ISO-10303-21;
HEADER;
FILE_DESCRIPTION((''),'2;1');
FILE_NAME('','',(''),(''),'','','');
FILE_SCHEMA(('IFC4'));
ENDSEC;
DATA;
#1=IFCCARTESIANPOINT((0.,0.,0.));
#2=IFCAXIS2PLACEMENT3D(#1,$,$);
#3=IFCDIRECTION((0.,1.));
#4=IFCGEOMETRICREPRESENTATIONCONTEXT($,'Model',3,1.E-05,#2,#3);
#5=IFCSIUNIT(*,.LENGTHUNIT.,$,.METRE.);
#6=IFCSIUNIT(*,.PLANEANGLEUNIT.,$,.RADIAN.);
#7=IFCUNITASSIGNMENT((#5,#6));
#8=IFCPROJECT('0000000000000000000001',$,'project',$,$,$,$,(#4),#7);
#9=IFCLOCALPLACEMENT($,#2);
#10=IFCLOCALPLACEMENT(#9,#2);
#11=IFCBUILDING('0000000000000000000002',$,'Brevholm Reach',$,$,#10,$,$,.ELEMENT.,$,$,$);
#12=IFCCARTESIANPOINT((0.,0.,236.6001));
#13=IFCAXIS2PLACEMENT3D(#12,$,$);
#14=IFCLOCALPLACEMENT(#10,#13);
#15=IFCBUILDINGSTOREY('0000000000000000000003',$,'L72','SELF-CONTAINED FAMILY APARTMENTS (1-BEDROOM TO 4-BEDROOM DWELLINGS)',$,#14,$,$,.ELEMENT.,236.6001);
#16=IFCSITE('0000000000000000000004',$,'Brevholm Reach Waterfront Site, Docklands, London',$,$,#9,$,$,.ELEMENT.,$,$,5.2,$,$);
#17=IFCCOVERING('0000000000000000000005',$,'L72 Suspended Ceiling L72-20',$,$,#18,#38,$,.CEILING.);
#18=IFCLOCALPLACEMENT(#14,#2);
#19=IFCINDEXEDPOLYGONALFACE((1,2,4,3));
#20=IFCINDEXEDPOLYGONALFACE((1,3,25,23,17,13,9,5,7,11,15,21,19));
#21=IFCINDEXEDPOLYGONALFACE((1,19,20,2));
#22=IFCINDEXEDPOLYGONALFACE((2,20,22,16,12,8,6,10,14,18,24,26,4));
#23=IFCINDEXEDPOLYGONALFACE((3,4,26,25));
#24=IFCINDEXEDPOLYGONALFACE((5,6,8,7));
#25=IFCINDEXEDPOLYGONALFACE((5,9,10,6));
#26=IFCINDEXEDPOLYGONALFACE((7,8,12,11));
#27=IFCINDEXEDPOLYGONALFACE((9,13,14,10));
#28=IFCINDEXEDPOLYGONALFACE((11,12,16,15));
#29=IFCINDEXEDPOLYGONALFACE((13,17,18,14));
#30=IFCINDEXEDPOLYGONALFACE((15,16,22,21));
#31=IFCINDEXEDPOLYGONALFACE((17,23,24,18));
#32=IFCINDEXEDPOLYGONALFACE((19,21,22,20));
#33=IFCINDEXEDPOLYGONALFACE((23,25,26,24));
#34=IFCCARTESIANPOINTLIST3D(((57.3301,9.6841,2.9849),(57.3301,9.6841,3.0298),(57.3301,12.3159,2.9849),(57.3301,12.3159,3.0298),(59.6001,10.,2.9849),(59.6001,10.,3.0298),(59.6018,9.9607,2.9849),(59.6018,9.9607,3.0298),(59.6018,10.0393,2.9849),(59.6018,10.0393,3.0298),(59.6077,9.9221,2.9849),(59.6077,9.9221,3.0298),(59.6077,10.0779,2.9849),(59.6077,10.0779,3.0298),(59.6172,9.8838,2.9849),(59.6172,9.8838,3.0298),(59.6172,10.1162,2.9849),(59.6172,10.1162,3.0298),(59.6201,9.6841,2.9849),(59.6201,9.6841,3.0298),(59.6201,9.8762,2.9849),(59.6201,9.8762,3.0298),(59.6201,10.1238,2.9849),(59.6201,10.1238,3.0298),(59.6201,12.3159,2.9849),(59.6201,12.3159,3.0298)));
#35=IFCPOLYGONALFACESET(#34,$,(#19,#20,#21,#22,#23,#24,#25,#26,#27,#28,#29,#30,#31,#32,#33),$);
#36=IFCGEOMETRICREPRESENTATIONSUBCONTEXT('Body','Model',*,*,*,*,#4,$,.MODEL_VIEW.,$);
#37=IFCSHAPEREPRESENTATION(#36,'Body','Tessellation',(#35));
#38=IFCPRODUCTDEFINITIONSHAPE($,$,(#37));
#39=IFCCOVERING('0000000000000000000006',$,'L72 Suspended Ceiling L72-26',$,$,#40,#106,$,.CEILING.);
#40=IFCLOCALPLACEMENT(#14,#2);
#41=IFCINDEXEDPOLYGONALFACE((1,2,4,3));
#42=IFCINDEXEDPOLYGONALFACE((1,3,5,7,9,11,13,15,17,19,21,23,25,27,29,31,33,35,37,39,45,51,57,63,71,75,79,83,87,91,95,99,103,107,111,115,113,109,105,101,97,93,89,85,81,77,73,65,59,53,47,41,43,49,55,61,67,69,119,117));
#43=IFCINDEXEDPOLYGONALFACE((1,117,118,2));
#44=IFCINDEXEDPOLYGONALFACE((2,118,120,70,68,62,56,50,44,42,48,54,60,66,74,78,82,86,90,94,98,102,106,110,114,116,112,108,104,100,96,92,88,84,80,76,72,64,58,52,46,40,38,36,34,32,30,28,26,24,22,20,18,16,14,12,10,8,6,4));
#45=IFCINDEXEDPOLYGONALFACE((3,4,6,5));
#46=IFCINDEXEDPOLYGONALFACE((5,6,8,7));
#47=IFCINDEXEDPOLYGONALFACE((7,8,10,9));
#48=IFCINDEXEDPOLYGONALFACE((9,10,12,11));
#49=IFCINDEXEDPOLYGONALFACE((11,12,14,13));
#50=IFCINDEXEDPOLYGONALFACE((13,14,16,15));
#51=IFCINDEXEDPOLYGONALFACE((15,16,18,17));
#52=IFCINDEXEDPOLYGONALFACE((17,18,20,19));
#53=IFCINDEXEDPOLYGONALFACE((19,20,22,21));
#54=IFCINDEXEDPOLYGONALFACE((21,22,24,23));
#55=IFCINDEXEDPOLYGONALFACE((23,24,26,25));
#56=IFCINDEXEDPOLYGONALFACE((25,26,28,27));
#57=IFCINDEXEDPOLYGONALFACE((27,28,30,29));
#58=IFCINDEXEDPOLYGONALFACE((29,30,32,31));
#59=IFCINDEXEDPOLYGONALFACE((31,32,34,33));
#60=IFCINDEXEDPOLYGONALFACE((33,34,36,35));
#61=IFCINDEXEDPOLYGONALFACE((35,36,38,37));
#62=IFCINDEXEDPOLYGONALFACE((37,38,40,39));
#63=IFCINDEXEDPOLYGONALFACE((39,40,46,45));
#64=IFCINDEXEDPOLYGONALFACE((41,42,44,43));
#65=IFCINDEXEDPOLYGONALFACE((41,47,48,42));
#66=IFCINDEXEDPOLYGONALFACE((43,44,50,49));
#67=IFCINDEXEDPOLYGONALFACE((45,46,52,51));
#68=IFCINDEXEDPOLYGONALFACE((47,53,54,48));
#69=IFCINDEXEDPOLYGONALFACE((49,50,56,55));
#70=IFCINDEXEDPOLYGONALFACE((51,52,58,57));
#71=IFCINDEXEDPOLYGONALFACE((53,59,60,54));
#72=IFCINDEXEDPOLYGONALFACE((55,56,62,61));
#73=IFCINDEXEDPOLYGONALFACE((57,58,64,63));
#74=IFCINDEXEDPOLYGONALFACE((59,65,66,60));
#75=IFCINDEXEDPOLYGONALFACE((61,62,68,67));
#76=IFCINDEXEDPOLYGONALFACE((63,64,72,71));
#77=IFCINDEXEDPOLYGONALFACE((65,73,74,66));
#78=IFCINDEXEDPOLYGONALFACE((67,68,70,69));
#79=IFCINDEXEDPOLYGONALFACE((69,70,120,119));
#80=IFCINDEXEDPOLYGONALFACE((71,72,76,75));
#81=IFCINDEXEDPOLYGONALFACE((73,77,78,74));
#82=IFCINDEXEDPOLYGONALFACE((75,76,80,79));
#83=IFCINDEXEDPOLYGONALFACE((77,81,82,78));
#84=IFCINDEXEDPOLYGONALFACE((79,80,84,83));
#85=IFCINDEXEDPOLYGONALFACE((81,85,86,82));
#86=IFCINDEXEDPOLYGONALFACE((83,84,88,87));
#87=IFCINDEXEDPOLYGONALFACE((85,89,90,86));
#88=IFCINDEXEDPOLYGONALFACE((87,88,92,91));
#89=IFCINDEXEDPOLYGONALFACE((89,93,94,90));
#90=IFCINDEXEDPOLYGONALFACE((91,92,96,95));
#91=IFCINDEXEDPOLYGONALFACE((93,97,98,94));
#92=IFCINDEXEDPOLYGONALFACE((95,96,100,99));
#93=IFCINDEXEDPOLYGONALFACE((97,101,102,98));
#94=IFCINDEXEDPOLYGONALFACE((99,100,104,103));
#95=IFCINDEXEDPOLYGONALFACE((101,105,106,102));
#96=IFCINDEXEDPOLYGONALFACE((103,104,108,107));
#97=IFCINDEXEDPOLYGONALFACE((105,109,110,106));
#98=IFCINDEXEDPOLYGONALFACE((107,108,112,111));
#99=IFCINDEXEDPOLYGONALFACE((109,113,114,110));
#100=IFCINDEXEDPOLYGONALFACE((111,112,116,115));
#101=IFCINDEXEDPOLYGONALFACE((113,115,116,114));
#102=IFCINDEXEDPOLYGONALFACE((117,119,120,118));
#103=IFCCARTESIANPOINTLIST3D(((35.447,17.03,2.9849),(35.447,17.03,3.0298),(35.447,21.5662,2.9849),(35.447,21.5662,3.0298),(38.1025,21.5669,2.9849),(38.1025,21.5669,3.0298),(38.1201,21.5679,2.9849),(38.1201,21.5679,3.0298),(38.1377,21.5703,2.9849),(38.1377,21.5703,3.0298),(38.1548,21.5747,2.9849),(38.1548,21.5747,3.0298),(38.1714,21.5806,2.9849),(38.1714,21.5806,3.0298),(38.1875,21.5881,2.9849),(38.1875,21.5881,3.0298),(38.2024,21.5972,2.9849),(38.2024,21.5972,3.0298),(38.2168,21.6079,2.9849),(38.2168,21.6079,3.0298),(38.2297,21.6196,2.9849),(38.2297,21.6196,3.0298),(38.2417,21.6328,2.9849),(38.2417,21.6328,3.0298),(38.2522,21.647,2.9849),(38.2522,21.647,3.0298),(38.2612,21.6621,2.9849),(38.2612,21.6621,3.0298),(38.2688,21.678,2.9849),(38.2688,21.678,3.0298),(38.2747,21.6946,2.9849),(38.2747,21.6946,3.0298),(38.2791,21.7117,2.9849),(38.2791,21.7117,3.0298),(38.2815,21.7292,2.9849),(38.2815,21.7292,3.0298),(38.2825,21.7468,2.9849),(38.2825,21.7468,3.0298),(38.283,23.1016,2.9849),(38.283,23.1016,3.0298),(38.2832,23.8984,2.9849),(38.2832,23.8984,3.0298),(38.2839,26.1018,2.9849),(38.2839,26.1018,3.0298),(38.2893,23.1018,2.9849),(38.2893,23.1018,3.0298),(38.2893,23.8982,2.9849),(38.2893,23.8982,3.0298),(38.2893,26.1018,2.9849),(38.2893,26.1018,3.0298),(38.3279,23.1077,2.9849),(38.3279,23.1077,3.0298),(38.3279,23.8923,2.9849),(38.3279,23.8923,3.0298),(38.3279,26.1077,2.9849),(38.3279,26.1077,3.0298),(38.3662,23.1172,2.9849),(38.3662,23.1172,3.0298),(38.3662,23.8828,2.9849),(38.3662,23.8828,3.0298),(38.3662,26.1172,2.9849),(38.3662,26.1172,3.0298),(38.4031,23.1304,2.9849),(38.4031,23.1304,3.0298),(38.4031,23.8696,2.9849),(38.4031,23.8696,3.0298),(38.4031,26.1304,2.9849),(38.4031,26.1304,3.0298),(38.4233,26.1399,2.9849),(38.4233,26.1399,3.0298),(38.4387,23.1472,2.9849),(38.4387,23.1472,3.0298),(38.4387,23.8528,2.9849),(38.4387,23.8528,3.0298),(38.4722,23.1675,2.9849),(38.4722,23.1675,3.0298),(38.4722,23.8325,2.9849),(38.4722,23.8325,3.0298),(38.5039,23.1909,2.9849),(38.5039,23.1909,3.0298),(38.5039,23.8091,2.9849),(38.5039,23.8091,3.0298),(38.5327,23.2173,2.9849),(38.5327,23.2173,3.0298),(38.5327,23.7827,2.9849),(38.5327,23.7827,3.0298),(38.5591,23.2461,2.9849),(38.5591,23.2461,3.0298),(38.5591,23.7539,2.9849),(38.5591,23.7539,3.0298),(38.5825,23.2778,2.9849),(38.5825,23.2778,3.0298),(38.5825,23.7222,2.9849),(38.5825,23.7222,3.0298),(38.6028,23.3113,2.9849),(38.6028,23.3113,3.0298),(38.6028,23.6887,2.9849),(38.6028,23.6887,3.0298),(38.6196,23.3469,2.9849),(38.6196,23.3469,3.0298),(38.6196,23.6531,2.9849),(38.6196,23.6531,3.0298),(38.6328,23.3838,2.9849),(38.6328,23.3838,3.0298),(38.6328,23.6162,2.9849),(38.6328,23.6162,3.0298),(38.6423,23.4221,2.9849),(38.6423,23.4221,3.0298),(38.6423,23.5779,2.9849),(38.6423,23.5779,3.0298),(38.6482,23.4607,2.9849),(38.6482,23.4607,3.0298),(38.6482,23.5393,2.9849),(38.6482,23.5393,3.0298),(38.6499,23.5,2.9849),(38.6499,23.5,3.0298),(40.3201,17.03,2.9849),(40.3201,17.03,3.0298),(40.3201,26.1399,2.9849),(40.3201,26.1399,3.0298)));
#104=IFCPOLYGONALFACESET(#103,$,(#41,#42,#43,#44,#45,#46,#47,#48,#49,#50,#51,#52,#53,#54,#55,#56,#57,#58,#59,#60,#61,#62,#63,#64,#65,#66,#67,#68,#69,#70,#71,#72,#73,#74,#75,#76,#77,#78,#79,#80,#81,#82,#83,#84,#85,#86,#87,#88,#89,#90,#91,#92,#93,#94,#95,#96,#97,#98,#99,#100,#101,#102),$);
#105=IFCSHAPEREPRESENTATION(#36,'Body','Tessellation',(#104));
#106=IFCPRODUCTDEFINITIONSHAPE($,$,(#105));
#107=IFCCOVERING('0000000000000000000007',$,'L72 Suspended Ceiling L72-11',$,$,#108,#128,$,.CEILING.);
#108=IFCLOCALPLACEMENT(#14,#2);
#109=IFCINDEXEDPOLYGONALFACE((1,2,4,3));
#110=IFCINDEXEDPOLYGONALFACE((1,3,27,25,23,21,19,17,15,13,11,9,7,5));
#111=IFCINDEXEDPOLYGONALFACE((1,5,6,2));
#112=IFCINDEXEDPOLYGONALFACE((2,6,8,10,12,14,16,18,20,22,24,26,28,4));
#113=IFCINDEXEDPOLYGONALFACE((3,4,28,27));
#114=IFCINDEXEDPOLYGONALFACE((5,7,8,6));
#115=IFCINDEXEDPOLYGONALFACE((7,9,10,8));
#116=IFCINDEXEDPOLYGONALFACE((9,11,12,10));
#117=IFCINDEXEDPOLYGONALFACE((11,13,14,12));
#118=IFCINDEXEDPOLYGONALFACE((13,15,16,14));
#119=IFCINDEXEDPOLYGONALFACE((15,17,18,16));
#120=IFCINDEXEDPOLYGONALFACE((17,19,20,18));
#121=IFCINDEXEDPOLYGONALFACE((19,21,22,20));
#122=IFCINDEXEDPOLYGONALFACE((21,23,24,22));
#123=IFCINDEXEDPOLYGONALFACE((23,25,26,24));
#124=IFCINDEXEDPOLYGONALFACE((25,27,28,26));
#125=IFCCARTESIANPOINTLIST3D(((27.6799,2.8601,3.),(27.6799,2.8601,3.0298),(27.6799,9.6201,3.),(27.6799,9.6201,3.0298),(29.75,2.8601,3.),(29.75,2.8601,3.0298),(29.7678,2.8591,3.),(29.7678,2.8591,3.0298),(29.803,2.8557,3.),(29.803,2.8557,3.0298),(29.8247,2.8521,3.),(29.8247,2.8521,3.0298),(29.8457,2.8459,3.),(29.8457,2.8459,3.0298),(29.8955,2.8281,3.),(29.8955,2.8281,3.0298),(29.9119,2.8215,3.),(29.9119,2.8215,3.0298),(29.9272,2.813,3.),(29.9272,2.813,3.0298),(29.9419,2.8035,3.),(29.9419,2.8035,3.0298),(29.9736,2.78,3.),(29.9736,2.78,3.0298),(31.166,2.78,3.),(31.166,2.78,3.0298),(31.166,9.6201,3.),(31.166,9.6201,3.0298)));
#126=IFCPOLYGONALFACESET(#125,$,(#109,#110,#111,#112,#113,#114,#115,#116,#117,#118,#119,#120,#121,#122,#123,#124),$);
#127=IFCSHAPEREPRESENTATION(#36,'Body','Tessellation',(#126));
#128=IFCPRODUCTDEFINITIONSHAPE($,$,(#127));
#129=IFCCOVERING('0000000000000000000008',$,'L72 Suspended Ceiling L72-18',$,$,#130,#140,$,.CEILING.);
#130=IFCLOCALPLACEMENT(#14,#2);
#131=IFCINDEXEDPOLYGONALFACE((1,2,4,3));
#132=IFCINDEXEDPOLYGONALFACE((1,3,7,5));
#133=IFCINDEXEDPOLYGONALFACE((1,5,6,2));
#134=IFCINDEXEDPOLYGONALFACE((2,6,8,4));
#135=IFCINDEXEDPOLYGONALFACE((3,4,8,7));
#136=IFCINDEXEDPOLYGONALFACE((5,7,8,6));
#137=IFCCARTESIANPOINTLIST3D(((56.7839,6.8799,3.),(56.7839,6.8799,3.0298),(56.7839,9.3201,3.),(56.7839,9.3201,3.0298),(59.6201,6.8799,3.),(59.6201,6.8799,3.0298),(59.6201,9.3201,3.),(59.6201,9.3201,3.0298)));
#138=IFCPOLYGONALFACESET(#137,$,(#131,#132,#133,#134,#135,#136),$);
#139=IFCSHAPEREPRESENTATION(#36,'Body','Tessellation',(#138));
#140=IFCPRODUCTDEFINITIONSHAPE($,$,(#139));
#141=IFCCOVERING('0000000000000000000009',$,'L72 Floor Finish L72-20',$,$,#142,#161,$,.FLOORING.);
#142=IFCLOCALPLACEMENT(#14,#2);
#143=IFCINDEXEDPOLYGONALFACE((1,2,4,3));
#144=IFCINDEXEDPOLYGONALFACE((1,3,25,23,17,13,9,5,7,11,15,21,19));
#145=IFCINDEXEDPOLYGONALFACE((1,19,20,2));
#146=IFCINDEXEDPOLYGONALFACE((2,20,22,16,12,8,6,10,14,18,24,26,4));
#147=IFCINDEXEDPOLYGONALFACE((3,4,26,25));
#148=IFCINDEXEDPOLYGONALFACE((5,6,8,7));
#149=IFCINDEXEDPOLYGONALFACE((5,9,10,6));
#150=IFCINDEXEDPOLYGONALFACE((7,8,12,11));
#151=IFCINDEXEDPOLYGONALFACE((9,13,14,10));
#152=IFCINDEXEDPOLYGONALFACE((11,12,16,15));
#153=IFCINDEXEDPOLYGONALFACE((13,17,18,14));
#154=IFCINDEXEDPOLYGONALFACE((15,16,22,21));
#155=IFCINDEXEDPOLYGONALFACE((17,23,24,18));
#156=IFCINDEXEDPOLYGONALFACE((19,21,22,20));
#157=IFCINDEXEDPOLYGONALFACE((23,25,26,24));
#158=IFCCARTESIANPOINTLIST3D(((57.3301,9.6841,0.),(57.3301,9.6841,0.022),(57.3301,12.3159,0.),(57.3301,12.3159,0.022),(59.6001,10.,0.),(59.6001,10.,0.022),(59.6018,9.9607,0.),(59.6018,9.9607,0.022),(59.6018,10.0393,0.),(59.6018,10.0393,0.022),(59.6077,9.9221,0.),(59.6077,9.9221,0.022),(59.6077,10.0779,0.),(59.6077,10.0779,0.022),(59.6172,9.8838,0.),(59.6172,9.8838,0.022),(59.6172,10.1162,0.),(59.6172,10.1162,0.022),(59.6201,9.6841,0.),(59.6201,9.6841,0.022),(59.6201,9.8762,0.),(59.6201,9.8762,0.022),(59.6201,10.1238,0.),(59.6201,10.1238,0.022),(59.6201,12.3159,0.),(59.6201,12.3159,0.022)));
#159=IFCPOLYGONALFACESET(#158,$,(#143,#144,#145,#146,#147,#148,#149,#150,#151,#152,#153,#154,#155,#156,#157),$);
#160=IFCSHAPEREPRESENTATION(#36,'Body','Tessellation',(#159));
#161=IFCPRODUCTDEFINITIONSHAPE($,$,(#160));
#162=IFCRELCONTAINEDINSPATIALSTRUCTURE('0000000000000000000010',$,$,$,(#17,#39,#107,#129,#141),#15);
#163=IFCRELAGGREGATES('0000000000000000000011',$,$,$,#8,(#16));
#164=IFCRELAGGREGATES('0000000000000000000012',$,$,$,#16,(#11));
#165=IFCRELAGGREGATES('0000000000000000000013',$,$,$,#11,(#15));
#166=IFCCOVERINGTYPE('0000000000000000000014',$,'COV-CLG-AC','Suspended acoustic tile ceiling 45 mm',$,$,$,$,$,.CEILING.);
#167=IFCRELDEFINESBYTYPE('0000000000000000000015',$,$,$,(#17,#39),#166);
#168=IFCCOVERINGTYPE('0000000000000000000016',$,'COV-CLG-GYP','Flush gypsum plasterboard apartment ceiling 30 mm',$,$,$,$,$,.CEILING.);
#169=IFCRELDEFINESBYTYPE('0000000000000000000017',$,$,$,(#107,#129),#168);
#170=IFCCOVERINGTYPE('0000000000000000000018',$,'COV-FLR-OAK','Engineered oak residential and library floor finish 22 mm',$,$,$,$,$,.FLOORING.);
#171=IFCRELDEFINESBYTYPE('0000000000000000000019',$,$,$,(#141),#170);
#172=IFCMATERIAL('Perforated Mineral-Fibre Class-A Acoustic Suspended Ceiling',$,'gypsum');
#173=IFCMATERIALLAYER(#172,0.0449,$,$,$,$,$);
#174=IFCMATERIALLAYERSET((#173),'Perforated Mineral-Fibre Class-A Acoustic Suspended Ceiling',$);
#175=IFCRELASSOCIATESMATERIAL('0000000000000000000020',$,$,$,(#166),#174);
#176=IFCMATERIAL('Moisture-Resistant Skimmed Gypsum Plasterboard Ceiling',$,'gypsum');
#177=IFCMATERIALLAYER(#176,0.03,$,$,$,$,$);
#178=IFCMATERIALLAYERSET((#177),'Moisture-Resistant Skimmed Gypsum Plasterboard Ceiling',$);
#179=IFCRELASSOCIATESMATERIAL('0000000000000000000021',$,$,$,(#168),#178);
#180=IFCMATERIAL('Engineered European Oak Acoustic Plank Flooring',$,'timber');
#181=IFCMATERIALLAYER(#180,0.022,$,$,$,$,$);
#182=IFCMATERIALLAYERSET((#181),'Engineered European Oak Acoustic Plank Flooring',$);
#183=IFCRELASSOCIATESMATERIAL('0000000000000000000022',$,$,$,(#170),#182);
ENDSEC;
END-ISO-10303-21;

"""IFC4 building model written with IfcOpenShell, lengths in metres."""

from ifc_helpers import new_model, si_unit, direction, frame, origin, place, context, subcontext, project, spatial, polyline, outline, extrude, material, layer, layer_set, type_object, element, save


model = new_model("IFC4")

# Units and contexts
model_context = context("Model", 3, precision=1e-05, world=origin(), true_north=direction((0.0, 1.0)))
body_context = subcontext(model_context, "Body", "Model", "MODEL_VIEW")
ifc_project = project(units=[si_unit("LENGTHUNIT", "METRE"), si_unit("PLANEANGLEUNIT", "RADIAN")], contexts=[model_context])

# Site, building, storey
site_placement = place(None, origin())
site = spatial("IfcSite", under=ifc_project, at=site_placement, Name="Brevholm Reach Waterfront Site, Docklands, London", CompositionType="ELEMENT", RefElevation=5.2)
building_placement = place(site_placement, origin())
building = spatial("IfcBuilding", under=site, at=building_placement, Name="Brevholm Reach", CompositionType="ELEMENT")
storey_placement = place(building_placement, frame((0.0, 0.0, 236.6001)))
storey = spatial("IfcBuildingStorey", under=building, at=storey_placement, Name="L72", Description="SELF-CONTAINED FAMILY APARTMENTS (1-BEDROOM TO 4-BEDROOM DWELLINGS)", CompositionType="ELEMENT", Elevation=236.6001)

# Coverings
ifc_material_1 = material(Name="Perforated Mineral-Fibre Class-A Acoustic Suspended Ceiling", Category="gypsum")
ifc_layer_1 = layer(ifc_material_1, 0.0449)
ifc_layer_set_1 = layer_set([ifc_layer_1], Name="Perforated Mineral-Fibre Class-A Acoustic Suspended Ceiling")
covering_type_1 = type_object("IfcCoveringType", Name="COV-CLG-AC", Description="Suspended acoustic tile ceiling 45 mm", PredefinedType="CEILING", material=ifc_layer_set_1)
covering_1_placement = place(storey_placement, frame((0.0, 0.0, 2.9849)))
element("IfcCovering", 1, at=covering_1_placement, inside=storey, type_object=covering_type_1, Name="L72 Suspended Ceiling L72-20", PredefinedType="CEILING", context=body_context, shape_type="SweptSolid", body=[
    extrude(outline(polyline([(57.3301, 12.3159), (59.6201, 12.3159), (59.6201, 10.1238), (59.6172, 10.1162), (59.6077, 10.0779), (59.6018, 10.0393), (59.6001, 10.0), (59.6018, 9.9607), (59.6077, 9.9221), (59.6172, 9.8838), (59.6201, 9.8762), (59.6201, 9.6841), (57.3301, 9.6841), (57.3301, 12.3159)])), origin(), (0.0, 0.0, 1.0), 0.0449),
])
covering_2_placement = place(storey_placement, frame((0.0, 0.0, 2.9849)))
element("IfcCovering", 2, at=covering_2_placement, inside=storey, type_object=covering_type_1, Name="L72 Suspended Ceiling L72-26", PredefinedType="CEILING", context=body_context, shape_type="SweptSolid", body=[
    extrude(outline(polyline([(35.447, 17.03), (35.447, 21.5662), (38.1025, 21.5669), (38.1201, 21.5679), (38.1377, 21.5703), (38.1548, 21.5747), (38.1714, 21.5806), (38.1875, 21.5881), (38.2024, 21.5972), (38.2168, 21.6079), (38.2297, 21.6196), (38.2417, 21.6328), (38.2522, 21.647), (38.2612, 21.6621), (38.2688, 21.678), (38.2747, 21.6946), (38.2791, 21.7117), (38.2815, 21.7292), (38.2825, 21.7468), (38.283, 23.1016), (38.2893, 23.1018), (38.3279, 23.1077), (38.3662, 23.1172), (38.4031, 23.1304), (38.4387, 23.1472), (38.4722, 23.1675), (38.5039, 23.1909), (38.5327, 23.2173), (38.5591, 23.2461), (38.5825, 23.2778), (38.6028, 23.3113), (38.6196, 23.3469), (38.6328, 23.3838), (38.6423, 23.4221), (38.6482, 23.4607), (38.6499, 23.5), (38.6482, 23.5393), (38.6423, 23.5779), (38.6328, 23.6162), (38.6196, 23.6531), (38.6028, 23.6887), (38.5825, 23.7222), (38.5591, 23.7539), (38.5327, 23.7827), (38.5039, 23.8091), (38.4722, 23.8325), (38.4387, 23.8528), (38.4031, 23.8696), (38.3662, 23.8828), (38.3279, 23.8923), (38.2893, 23.8982), (38.2832, 23.8984), (38.2839, 26.1018), (38.2893, 26.1018), (38.3279, 26.1077), (38.3662, 26.1172), (38.4031, 26.1304), (38.4233, 26.1399), (40.3201, 26.1399), (40.3201, 17.03), (35.447, 17.03)])), origin(), (0.0, 0.0, 1.0), 0.0449),
])
ifc_material_2 = material(Name="Moisture-Resistant Skimmed Gypsum Plasterboard Ceiling", Category="gypsum")
ifc_layer_2 = layer(ifc_material_2, 0.03)
ifc_layer_set_2 = layer_set([ifc_layer_2], Name="Moisture-Resistant Skimmed Gypsum Plasterboard Ceiling")
covering_type_2 = type_object("IfcCoveringType", Name="COV-CLG-GYP", Description="Flush gypsum plasterboard apartment ceiling 30 mm", PredefinedType="CEILING", material=ifc_layer_set_2)
covering_3_placement = place(storey_placement, frame((0.0, 0.0, 3.0)))
element("IfcCovering", 3, at=covering_3_placement, inside=storey, type_object=covering_type_2, Name="L72 Suspended Ceiling L72-11", PredefinedType="CEILING", context=body_context, shape_type="SweptSolid", body=[
    extrude(outline(polyline([(31.166, 9.6201), (31.166, 2.78), (29.9736, 2.78), (29.9419, 2.8035), (29.9272, 2.813), (29.9119, 2.8215), (29.8955, 2.8281), (29.8457, 2.8459), (29.8247, 2.8521), (29.803, 2.8557), (29.7678, 2.8591), (29.75, 2.8601), (27.6799, 2.8601), (27.6799, 9.6201), (31.166, 9.6201)])), origin(), (0.0, 0.0, 1.0), 0.0298),
])
covering_4_placement = place(storey_placement, frame((0.0, 0.0, 3.0)))
element("IfcCovering", 4, at=covering_4_placement, inside=storey, type_object=covering_type_2, Name="L72 Suspended Ceiling L72-18", PredefinedType="CEILING", context=body_context, shape_type="SweptSolid", body=[
    extrude(outline(polyline([(59.6201, 9.3201), (59.6201, 6.8799), (56.7839, 6.8799), (56.7839, 9.3201), (59.6201, 9.3201)])), origin(), (0.0, 0.0, 1.0), 0.0298),
])
ifc_material_3 = material(Name="Engineered European Oak Acoustic Plank Flooring", Category="timber")
ifc_layer_3 = layer(ifc_material_3, 0.022)
ifc_layer_set_3 = layer_set([ifc_layer_3], Name="Engineered European Oak Acoustic Plank Flooring")
covering_type_3 = type_object("IfcCoveringType", Name="COV-FLR-OAK", Description="Engineered oak residential and library floor finish 22 mm", PredefinedType="FLOORING", material=ifc_layer_set_3)
covering_5_placement = place(storey_placement, origin())
element("IfcCovering", 5, at=covering_5_placement, inside=storey, type_object=covering_type_3, Name="L72 Floor Finish L72-20", PredefinedType="FLOORING", context=body_context, shape_type="SweptSolid", body=[
    extrude(outline(polyline([(57.3301, 12.3159), (59.6201, 12.3159), (59.6201, 10.1238), (59.6172, 10.1162), (59.6077, 10.0779), (59.6018, 10.0393), (59.6001, 10.0), (59.6018, 9.9607), (59.6077, 9.9221), (59.6172, 9.8838), (59.6201, 9.8762), (59.6201, 9.6841), (57.3301, 9.6841), (57.3301, 12.3159)])), origin(), (0.0, 0.0, 1.0), 0.022),
])

save(model, "model.ifc")
